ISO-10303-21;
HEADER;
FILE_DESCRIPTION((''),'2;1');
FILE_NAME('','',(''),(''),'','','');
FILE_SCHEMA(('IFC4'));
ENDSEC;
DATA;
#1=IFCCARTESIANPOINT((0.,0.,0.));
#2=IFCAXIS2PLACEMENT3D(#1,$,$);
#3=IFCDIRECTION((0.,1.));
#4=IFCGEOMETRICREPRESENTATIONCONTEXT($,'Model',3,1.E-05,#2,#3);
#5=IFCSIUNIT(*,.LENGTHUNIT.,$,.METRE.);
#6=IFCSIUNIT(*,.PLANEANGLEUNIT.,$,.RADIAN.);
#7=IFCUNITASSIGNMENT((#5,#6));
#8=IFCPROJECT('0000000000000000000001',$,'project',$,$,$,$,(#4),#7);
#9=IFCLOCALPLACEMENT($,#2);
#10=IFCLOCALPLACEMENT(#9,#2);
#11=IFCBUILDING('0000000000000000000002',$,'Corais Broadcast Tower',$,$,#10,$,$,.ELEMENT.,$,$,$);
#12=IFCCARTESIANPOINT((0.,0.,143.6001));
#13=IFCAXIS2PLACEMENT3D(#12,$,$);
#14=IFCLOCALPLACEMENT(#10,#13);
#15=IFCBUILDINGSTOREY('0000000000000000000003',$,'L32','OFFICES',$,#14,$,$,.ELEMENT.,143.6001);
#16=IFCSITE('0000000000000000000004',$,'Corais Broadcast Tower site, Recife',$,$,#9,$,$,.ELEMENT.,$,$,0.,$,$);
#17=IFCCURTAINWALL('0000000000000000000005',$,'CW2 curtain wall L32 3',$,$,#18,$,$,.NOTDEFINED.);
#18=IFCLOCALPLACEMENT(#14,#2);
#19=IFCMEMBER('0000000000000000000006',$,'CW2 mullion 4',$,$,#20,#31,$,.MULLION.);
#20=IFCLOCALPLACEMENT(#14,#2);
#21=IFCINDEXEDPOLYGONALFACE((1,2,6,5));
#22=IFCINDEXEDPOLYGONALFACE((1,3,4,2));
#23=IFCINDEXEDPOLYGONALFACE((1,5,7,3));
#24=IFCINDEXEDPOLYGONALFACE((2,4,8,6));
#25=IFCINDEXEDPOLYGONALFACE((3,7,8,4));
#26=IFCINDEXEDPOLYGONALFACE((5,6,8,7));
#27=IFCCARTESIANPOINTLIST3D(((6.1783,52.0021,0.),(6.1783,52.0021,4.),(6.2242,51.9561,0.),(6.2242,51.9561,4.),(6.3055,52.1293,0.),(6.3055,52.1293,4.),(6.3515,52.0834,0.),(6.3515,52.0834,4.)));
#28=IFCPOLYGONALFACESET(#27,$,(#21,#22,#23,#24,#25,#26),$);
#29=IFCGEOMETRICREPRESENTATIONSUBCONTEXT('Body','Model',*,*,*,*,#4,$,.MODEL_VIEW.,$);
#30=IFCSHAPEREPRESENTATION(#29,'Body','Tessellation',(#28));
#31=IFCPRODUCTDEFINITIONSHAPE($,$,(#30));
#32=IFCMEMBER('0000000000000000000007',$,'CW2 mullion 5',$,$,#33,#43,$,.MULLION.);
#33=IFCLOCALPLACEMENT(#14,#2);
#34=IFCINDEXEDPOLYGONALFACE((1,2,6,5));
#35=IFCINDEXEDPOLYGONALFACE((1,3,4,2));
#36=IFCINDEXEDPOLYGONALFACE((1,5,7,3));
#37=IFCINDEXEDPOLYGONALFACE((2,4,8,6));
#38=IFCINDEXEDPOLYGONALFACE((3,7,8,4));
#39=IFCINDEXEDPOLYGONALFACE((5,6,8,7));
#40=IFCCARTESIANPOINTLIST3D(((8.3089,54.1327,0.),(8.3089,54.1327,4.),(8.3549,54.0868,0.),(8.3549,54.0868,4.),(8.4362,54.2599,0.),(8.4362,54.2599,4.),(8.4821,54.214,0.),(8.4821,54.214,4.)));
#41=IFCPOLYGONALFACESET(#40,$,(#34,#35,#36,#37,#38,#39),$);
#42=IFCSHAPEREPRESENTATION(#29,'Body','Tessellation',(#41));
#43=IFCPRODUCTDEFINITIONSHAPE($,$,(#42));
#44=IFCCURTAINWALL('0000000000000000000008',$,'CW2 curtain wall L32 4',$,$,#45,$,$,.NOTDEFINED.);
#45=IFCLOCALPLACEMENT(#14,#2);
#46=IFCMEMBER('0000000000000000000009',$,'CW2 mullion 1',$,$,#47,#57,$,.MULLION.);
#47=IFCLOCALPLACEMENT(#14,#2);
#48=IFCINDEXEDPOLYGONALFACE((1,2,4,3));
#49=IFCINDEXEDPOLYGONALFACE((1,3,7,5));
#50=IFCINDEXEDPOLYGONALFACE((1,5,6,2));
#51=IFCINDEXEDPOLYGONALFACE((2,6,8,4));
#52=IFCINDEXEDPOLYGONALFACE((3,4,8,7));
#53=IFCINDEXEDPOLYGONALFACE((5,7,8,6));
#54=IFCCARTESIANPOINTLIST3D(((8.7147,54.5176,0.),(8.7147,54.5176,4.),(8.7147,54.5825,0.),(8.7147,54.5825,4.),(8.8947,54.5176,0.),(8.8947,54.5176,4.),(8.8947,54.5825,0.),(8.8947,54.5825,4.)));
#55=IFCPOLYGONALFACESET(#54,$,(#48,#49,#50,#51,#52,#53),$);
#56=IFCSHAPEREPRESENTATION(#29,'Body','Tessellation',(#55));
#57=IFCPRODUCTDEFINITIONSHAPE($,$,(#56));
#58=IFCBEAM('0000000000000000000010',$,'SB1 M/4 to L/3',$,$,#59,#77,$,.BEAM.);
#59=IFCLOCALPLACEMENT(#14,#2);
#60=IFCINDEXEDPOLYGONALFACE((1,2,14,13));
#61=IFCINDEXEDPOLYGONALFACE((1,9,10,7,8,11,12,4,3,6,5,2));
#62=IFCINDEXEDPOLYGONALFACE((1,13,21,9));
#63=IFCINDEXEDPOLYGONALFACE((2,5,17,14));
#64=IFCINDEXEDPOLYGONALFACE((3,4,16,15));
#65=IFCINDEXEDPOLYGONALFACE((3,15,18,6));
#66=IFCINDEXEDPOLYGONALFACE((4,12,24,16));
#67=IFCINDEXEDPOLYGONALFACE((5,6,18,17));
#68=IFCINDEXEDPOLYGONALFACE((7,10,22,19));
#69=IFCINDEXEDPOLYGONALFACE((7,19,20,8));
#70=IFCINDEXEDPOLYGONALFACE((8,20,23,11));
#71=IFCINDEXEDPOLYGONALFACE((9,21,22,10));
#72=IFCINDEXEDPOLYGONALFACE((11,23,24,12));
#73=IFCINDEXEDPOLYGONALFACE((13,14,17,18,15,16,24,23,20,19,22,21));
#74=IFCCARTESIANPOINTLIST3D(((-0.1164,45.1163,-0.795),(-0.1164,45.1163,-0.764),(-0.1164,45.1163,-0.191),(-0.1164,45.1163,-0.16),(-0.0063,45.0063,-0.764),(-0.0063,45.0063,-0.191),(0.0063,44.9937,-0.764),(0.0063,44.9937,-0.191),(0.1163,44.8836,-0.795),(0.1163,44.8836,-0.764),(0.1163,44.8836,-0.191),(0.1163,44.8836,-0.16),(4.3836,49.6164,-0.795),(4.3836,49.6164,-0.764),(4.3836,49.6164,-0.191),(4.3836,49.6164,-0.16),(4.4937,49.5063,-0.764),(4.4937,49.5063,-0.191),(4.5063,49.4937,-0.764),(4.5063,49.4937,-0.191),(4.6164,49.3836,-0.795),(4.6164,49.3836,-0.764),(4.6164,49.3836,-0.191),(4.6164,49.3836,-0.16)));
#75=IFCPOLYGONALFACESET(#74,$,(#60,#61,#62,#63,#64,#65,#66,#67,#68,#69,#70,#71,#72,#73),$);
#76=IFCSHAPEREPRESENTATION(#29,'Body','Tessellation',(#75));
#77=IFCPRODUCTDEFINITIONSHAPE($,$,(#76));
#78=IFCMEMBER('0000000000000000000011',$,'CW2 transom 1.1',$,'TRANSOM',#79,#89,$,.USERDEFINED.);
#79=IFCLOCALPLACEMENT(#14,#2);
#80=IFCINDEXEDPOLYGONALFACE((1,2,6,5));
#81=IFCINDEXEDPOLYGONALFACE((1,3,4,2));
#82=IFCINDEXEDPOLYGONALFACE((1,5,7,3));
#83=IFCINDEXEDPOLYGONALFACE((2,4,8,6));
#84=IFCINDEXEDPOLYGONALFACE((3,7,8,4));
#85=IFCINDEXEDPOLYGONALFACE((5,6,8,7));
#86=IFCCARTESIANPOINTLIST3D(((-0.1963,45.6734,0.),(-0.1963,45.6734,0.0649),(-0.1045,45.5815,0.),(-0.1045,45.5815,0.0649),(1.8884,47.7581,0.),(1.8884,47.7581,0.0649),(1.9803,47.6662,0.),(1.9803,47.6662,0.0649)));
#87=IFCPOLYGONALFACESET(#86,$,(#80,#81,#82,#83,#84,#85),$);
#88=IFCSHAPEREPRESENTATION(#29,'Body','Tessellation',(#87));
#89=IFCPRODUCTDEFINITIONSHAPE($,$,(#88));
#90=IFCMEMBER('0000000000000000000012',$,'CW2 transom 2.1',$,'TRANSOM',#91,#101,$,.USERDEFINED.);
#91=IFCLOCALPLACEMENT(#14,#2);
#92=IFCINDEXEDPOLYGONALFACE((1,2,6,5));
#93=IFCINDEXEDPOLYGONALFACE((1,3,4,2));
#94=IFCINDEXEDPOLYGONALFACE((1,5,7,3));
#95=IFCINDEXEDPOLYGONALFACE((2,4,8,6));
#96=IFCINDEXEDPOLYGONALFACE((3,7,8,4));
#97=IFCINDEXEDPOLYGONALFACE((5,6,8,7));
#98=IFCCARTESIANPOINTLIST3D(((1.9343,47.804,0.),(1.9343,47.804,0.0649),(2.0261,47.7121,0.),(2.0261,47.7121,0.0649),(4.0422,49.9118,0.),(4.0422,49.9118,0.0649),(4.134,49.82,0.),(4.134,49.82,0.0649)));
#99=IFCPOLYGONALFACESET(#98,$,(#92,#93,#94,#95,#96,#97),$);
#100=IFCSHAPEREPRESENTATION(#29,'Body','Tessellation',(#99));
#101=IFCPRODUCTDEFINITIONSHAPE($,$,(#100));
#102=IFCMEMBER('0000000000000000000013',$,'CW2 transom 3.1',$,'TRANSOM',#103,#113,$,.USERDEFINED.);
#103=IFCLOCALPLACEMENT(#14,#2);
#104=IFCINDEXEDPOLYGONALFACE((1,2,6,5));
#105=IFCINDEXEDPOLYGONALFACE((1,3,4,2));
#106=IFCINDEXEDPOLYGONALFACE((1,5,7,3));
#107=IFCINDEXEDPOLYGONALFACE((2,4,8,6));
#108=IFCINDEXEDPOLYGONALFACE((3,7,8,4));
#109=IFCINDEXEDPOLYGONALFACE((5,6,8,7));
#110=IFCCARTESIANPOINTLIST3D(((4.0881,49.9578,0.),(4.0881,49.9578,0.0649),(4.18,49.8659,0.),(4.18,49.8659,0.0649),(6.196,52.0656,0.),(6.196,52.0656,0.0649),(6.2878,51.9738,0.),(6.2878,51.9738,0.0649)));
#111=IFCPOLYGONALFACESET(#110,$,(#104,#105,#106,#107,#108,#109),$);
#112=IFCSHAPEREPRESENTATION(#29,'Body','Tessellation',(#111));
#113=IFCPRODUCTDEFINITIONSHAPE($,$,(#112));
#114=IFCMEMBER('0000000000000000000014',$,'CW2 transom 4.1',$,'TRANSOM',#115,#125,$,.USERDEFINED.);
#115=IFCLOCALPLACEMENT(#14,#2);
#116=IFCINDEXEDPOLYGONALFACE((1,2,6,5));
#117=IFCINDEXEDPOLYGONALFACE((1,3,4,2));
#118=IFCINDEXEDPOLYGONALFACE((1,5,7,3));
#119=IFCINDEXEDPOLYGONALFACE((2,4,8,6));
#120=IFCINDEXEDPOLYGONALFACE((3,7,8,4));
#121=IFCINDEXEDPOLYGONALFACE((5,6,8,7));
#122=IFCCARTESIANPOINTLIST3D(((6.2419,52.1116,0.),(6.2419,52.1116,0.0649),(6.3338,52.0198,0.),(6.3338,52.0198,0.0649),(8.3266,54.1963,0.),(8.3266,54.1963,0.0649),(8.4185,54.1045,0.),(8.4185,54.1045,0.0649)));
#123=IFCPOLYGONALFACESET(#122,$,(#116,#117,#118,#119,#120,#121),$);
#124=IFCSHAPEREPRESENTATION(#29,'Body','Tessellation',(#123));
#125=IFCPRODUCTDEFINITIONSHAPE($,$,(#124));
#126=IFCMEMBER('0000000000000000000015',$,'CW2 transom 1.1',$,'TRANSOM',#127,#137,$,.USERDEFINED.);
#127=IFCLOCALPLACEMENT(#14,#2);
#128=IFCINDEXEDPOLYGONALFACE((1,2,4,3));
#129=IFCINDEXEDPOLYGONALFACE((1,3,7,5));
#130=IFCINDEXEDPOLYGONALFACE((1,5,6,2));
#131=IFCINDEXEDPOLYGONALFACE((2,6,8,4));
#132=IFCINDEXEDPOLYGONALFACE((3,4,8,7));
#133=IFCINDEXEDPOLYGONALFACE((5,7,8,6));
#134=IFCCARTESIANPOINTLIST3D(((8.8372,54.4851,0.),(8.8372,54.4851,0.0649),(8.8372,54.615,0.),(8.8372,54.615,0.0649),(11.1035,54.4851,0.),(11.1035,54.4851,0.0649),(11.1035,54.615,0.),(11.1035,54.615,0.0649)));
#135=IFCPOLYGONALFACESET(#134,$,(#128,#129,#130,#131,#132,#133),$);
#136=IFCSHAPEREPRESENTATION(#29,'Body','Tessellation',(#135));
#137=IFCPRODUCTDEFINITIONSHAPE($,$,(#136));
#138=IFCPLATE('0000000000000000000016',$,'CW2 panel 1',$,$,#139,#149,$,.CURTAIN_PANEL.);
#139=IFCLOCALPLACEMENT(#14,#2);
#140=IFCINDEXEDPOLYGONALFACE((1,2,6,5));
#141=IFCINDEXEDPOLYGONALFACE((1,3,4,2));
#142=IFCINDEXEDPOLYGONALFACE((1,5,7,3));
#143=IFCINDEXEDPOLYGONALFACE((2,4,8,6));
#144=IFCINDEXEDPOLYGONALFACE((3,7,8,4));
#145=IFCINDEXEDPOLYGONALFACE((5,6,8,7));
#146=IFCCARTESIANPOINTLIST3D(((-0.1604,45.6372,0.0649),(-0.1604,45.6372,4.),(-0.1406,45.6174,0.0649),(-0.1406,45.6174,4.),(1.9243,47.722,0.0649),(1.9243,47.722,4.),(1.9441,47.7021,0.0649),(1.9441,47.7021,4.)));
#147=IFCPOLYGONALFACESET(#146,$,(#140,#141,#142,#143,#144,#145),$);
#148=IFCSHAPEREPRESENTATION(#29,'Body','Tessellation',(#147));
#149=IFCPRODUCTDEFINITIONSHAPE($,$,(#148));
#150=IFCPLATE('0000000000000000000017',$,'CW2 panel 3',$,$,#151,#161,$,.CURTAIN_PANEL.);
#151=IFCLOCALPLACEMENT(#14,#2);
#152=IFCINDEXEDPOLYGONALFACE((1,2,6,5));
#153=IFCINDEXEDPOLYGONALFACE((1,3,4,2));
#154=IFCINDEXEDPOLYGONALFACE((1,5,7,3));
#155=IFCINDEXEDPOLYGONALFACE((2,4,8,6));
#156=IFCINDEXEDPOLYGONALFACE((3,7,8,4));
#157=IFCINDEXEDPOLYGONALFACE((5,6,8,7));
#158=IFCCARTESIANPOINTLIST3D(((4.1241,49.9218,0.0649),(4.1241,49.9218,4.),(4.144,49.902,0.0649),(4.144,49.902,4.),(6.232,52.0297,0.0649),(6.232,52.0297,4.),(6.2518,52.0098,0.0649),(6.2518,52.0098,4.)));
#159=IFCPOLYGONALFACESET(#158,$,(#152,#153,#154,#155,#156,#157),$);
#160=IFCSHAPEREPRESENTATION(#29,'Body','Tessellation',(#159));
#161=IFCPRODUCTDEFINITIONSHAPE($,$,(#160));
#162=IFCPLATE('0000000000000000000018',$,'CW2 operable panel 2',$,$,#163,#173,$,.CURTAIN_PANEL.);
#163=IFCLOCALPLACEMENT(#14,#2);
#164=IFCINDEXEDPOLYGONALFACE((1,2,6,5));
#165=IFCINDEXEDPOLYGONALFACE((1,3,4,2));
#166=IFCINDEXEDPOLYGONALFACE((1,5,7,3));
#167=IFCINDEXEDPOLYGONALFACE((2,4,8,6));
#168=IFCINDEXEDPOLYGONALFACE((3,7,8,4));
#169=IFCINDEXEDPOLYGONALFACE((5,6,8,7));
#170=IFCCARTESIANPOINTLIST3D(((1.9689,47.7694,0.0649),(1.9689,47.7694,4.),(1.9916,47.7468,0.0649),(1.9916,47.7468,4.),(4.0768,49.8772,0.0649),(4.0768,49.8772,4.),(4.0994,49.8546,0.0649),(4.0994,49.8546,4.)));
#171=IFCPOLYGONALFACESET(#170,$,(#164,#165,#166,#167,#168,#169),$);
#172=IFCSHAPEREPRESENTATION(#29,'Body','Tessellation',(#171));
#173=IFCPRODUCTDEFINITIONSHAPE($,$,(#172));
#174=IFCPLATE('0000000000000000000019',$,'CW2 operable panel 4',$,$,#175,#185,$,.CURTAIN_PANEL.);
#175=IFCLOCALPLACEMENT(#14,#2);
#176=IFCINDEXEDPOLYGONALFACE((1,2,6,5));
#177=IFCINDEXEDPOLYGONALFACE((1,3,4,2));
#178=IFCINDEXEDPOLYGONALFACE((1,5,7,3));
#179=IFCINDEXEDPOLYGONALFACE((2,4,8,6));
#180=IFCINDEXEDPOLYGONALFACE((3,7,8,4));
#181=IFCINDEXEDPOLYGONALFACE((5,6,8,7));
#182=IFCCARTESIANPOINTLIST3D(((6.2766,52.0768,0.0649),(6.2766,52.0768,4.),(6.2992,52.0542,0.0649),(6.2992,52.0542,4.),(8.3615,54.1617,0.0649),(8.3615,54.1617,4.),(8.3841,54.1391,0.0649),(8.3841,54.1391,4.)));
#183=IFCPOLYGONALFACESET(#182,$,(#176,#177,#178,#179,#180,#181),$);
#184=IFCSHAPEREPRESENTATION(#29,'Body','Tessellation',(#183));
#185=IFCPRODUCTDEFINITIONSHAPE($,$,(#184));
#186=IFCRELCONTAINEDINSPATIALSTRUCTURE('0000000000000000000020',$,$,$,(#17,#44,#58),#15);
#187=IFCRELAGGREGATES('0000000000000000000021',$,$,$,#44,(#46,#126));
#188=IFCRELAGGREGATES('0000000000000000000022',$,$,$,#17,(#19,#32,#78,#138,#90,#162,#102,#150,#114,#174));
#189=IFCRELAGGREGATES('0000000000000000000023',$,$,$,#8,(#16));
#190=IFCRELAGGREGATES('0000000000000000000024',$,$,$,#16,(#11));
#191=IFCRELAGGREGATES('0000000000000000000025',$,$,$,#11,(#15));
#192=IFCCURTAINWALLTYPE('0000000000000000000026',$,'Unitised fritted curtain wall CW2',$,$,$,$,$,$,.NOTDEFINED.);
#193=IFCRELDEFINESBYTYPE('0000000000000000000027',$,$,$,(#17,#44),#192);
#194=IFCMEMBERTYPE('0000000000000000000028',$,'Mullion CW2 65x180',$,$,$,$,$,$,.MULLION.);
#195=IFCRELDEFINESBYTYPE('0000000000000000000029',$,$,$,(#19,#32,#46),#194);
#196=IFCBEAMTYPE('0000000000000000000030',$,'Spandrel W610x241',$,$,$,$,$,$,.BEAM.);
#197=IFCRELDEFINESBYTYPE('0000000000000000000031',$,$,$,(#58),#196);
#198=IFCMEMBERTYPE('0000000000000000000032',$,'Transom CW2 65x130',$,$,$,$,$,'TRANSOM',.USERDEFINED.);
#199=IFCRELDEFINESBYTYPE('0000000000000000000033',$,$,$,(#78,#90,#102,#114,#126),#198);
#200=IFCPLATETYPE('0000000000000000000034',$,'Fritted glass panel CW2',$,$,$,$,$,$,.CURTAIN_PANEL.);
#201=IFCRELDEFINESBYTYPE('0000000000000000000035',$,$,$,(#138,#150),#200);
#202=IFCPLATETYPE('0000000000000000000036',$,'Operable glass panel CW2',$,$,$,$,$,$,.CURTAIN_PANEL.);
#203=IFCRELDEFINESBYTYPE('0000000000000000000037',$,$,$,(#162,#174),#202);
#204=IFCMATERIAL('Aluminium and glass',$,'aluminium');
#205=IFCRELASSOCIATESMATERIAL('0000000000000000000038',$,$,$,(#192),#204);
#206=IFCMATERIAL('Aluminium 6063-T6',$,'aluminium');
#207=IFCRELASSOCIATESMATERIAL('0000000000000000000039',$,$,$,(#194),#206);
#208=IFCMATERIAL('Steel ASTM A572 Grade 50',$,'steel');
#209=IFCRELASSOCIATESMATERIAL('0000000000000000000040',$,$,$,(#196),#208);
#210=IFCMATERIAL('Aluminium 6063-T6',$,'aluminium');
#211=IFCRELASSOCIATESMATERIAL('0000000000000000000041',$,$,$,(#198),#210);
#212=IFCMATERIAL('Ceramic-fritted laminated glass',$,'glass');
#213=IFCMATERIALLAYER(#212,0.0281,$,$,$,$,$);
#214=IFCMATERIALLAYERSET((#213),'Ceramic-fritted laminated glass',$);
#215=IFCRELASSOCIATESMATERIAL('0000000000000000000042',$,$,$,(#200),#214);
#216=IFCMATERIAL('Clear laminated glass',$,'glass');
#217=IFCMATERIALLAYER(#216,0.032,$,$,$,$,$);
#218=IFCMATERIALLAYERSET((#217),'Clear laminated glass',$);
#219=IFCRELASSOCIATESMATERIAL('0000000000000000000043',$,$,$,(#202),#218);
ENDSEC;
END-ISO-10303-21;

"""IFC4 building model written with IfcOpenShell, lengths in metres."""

from ifc_helpers import new_model, si_unit, direction, frame, origin, origin_2d, place, context, subcontext, project, spatial, rectangle, i_section, extrude, material, layer, layer_set, material_profile, profile_set, type_object, element, aggregate, save


model = new_model("IFC4")

# Units and contexts
model_context = context("Model", 3, precision=1e-05, world=origin(), true_north=direction((0.0, 1.0)))
body_context = subcontext(model_context, "Body", "Model", "MODEL_VIEW")
ifc_project = project(units=[si_unit("LENGTHUNIT", "METRE"), si_unit("PLANEANGLEUNIT", "RADIAN")], contexts=[model_context])

# Site, building, storey
site_placement = place(None, origin())
site = spatial("IfcSite", under=ifc_project, at=site_placement, Name="Corais Broadcast Tower site, Recife", CompositionType="ELEMENT", RefElevation=0.0)
building_placement = place(site_placement, origin())
building = spatial("IfcBuilding", under=site, at=building_placement, Name="Corais Broadcast Tower", CompositionType="ELEMENT")
storey_placement = place(building_placement, frame((0.0, 0.0, 143.6001)))
storey = spatial("IfcBuildingStorey", under=building, at=storey_placement, Name="L32", Description="OFFICES", CompositionType="ELEMENT", Elevation=143.6001)

# Shared definitions
ifc_material_1 = material(Name="Aluminium and glass", Category="aluminium")
curtain_wall_type = type_object("IfcCurtainWallType", Name="Unitised fritted curtain wall CW2", PredefinedType="NOTDEFINED", material=ifc_material_1)
ifc_material_2 = material(Name="Aluminium 6063-T6", Category="aluminium")
ifc_material_profile_1 = material_profile(ifc_material_2, rectangle(XDim=0.0649, YDim=0.1799, at=origin_2d()), Name="Mullion CW2 65x180")
ifc_profile_set_1 = profile_set([ifc_material_profile_1], Name="Aluminium 6063-T6")
member_type_1 = type_object("IfcMemberType", Name="Mullion CW2 65x180", PredefinedType="MULLION", material=ifc_profile_set_1)

# Curtain wall, members
curtain_wall_1_placement = place(storey_placement, origin())
curtain_wall_1 = element("IfcCurtainWall", 1, at=curtain_wall_1_placement, inside=storey, type_object=curtain_wall_type, Name="CW2 curtain wall L32 3", PredefinedType="NOTDEFINED")
member_1_placement = place(storey_placement, frame((6.2649, 52.0427, 0.0), z_axis=(0.0, 0.0, 1.0), x_axis=(-0.707107, 0.707107, 0.0)))
member_1 = element("IfcMember", 2, at=member_1_placement, type_object=member_type_1, Name="CW2 mullion 4", PredefinedType="MULLION", context=body_context, shape_type="SweptSolid", body=[
    extrude(rectangle(XDim=0.0649, YDim=0.1799, at=origin_2d()), origin(), (0.0, 0.0, 1.0), 4.0),
])
member_2_placement = place(storey_placement, frame((8.3955, 54.1733, 0.0), z_axis=(0.0, 0.0, 1.0), x_axis=(-0.707107, 0.707107, 0.0)))
member_2 = element("IfcMember", 3, at=member_2_placement, type_object=member_type_1, Name="CW2 mullion 5", PredefinedType="MULLION", context=body_context, shape_type="SweptSolid", body=[
    extrude(rectangle(XDim=0.0649, YDim=0.1799, at=origin_2d()), origin(), (0.0, 0.0, 1.0), 4.0),
])

# Curtain wall, member
curtain_wall_2_placement = place(storey_placement, origin())
curtain_wall_2 = element("IfcCurtainWall", 4, at=curtain_wall_2_placement, inside=storey, type_object=curtain_wall_type, Name="CW2 curtain wall L32 4", PredefinedType="NOTDEFINED")
member_3_placement = place(storey_placement, frame((8.8047, 54.55, 0.0), z_axis=(0.0, 0.0, 1.0), x_axis=(0.0, 1.0, 0.0)))
member_3 = element("IfcMember", 5, at=member_3_placement, type_object=member_type_1, Name="CW2 mullion 1", PredefinedType="MULLION", context=body_context, shape_type="SweptSolid", body=[
    extrude(rectangle(XDim=0.0649, YDim=0.1799, at=origin_2d()), origin(), (0.0, 0.0, 1.0), 4.0),
])

# Beam
ifc_material_3 = material(Name="Steel ASTM A572 Grade 50", Category="steel")
ifc_material_profile_2 = material_profile(ifc_material_3, i_section(OverallWidth=0.3291, OverallDepth=0.635, WebThickness=0.0178, FlangeThickness=0.031, at=origin_2d()), Name="W610x241")
ifc_profile_set_2 = profile_set([ifc_material_profile_2], Name="Steel ASTM A572 Grade 50")
beam_type_1 = type_object("IfcBeamType", Name="Spandrel W610x241", PredefinedType="BEAM", material=ifc_profile_set_2)
beam_1_placement = place(storey_placement, frame((4.5, 49.5, -0.4775), z_axis=(-0.707107, -0.707107, 0.0), x_axis=(0.707107, -0.707107, 0.0)))
element("IfcBeam", 6, at=beam_1_placement, inside=storey, type_object=beam_type_1, Name="SB1 M/4 to L/3", PredefinedType="BEAM", context=body_context, shape_type="SweptSolid", body=[
    extrude(i_section(OverallWidth=0.3291, OverallDepth=0.635, WebThickness=0.0178, FlangeThickness=0.031, at=origin_2d()), origin(), (0.0, 0.0, 1.0), 6.364),
])

# Members
ifc_material_4 = material(Name="Aluminium 6063-T6", Category="aluminium")
ifc_material_profile_3 = material_profile(ifc_material_4, rectangle(XDim=0.1299, YDim=0.0649, at=origin_2d()), Name="Transom CW2 65x130")
ifc_profile_set_3 = profile_set([ifc_material_profile_3], Name="Aluminium 6063-T6")
member_type_2 = type_object("IfcMemberType", Name="Transom CW2 65x130", ElementType="TRANSOM", PredefinedType="USERDEFINED", material=ifc_profile_set_3)
member_4_placement = place(storey_placement, frame((-0.1504, 45.6274, 0.0325), z_axis=(0.707107, 0.707107, 0.0), x_axis=(-0.707107, 0.707107, 0.0)))
member_4 = element("IfcMember", 7, at=member_4_placement, type_object=member_type_2, Name="CW2 transom 1.1", ObjectType="TRANSOM", PredefinedType="USERDEFINED", context=body_context, shape_type="SweptSolid", body=[
    extrude(rectangle(XDim=0.1299, YDim=0.0649, at=origin_2d()), origin(), (0.0, 0.0, 1.0), 2.9482),
])
member_5_placement = place(storey_placement, frame((1.9802, 47.7581, 0.0325), z_axis=(0.707107, 0.707107, 0.0), x_axis=(-0.707107, 0.707107, 0.0)))
member_5 = element("IfcMember", 8, at=member_5_placement, type_object=member_type_2, Name="CW2 transom 2.1", ObjectType="TRANSOM", PredefinedType="USERDEFINED", context=body_context, shape_type="SweptSolid", body=[
    extrude(rectangle(XDim=0.1299, YDim=0.0649, at=origin_2d()), origin(), (0.0, 0.0, 1.0), 2.981),
])
member_6_placement = place(storey_placement, frame((4.134, 49.9119, 0.0325), z_axis=(0.707107, 0.707107, 0.0), x_axis=(-0.707107, 0.707107, 0.0)))
member_6 = element("IfcMember", 9, at=member_6_placement, type_object=member_type_2, Name="CW2 transom 3.1", ObjectType="TRANSOM", PredefinedType="USERDEFINED", context=body_context, shape_type="SweptSolid", body=[
    extrude(rectangle(XDim=0.1299, YDim=0.0649, at=origin_2d()), origin(), (0.0, 0.0, 1.0), 2.981),
])
member_7_placement = place(storey_placement, frame((6.2878, 52.0657, 0.0325), z_axis=(0.707107, 0.707107, 0.0), x_axis=(-0.707107, 0.707107, 0.0)))
member_7 = element("IfcMember", 10, at=member_7_placement, type_object=member_type_2, Name="CW2 transom 4.1", ObjectType="TRANSOM", PredefinedType="USERDEFINED", context=body_context, shape_type="SweptSolid", body=[
    extrude(rectangle(XDim=0.1299, YDim=0.0649, at=origin_2d()), origin(), (0.0, 0.0, 1.0), 2.9482),
])
member_8_placement = place(storey_placement, frame((8.8372, 54.55, 0.0325), z_axis=(1.0, 0.0, 0.0), x_axis=(0.0, 1.0, 0.0)))
member_8 = element("IfcMember", 11, at=member_8_placement, type_object=member_type_2, Name="CW2 transom 1.1", ObjectType="TRANSOM", PredefinedType="USERDEFINED", context=body_context, shape_type="SweptSolid", body=[
    extrude(rectangle(XDim=0.1299, YDim=0.0649, at=origin_2d()), origin(), (0.0, 0.0, 1.0), 2.2664),
])
aggregate(curtain_wall_2, [member_3, member_8])

# Plates
ifc_material_5 = material(Name="Ceramic-fritted laminated glass", Category="glass")
ifc_layer_1 = layer(ifc_material_5, 0.0281)
ifc_layer_set_1 = layer_set([ifc_layer_1], Name="Ceramic-fritted laminated glass")
plate_type_1 = type_object("IfcPlateType", Name="Fritted glass panel CW2", PredefinedType="CURTAIN_PANEL", material=ifc_layer_set_1)
plate_1_placement = place(storey_placement, frame((0.8918, 46.6697, 0.0649), z_axis=(0.0, 0.0, 1.0), x_axis=(0.707107, 0.707107, 0.0)))
plate_1 = element("IfcPlate", 12, at=plate_1_placement, type_object=plate_type_1, Name="CW2 panel 1", PredefinedType="CURTAIN_PANEL", context=body_context, shape_type="SweptSolid", body=[
    extrude(rectangle(XDim=2.9482, YDim=0.0281, at=origin_2d()), origin(), (0.0, 0.0, 1.0), 3.9351),
])
plate_2_placement = place(storey_placement, frame((5.188, 50.9658, 0.0649), z_axis=(0.0, 0.0, 1.0), x_axis=(0.707107, 0.707107, 0.0)))
plate_2 = element("IfcPlate", 13, at=plate_2_placement, type_object=plate_type_1, Name="CW2 panel 3", PredefinedType="CURTAIN_PANEL", context=body_context, shape_type="SweptSolid", body=[
    extrude(rectangle(XDim=2.981, YDim=0.0281, at=origin_2d()), origin(), (0.0, 0.0, 1.0), 3.9351),
])
ifc_material_6 = material(Name="Clear laminated glass", Category="glass")
ifc_layer_2 = layer(ifc_material_6, 0.032)
ifc_layer_set_2 = layer_set([ifc_layer_2], Name="Clear laminated glass")
plate_type_2 = type_object("IfcPlateType", Name="Operable glass panel CW2", PredefinedType="CURTAIN_PANEL", material=ifc_layer_set_2)
plate_3_placement = place(storey_placement, frame((3.0342, 48.812, 0.0649), z_axis=(0.0, 0.0, 1.0), x_axis=(0.707107, 0.707107, 0.0)))
plate_3 = element("IfcPlate", 14, at=plate_3_placement, type_object=plate_type_2, Name="CW2 operable panel 2", PredefinedType="CURTAIN_PANEL", context=body_context, shape_type="SweptSolid", body=[
    extrude(rectangle(XDim=2.981, YDim=0.032, at=origin_2d()), origin(), (0.0, 0.0, 1.0), 3.9351),
])
plate_4_placement = place(storey_placement, frame((7.3303, 53.1079, 0.0649), z_axis=(0.0, 0.0, 1.0), x_axis=(0.707107, 0.707107, 0.0)))
plate_4 = element("IfcPlate", 15, at=plate_4_placement, type_object=plate_type_2, Name="CW2 operable panel 4", PredefinedType="CURTAIN_PANEL", context=body_context, shape_type="SweptSolid", body=[
    extrude(rectangle(XDim=2.9485, YDim=0.032, at=origin_2d()), origin(), (0.0, 0.0, 1.0), 3.9351),
])
aggregate(curtain_wall_1, [member_1, member_2, member_4, plate_1, member_5, plate_3, member_6, plate_2, member_7, plate_4])

save(model, "model.ifc")
